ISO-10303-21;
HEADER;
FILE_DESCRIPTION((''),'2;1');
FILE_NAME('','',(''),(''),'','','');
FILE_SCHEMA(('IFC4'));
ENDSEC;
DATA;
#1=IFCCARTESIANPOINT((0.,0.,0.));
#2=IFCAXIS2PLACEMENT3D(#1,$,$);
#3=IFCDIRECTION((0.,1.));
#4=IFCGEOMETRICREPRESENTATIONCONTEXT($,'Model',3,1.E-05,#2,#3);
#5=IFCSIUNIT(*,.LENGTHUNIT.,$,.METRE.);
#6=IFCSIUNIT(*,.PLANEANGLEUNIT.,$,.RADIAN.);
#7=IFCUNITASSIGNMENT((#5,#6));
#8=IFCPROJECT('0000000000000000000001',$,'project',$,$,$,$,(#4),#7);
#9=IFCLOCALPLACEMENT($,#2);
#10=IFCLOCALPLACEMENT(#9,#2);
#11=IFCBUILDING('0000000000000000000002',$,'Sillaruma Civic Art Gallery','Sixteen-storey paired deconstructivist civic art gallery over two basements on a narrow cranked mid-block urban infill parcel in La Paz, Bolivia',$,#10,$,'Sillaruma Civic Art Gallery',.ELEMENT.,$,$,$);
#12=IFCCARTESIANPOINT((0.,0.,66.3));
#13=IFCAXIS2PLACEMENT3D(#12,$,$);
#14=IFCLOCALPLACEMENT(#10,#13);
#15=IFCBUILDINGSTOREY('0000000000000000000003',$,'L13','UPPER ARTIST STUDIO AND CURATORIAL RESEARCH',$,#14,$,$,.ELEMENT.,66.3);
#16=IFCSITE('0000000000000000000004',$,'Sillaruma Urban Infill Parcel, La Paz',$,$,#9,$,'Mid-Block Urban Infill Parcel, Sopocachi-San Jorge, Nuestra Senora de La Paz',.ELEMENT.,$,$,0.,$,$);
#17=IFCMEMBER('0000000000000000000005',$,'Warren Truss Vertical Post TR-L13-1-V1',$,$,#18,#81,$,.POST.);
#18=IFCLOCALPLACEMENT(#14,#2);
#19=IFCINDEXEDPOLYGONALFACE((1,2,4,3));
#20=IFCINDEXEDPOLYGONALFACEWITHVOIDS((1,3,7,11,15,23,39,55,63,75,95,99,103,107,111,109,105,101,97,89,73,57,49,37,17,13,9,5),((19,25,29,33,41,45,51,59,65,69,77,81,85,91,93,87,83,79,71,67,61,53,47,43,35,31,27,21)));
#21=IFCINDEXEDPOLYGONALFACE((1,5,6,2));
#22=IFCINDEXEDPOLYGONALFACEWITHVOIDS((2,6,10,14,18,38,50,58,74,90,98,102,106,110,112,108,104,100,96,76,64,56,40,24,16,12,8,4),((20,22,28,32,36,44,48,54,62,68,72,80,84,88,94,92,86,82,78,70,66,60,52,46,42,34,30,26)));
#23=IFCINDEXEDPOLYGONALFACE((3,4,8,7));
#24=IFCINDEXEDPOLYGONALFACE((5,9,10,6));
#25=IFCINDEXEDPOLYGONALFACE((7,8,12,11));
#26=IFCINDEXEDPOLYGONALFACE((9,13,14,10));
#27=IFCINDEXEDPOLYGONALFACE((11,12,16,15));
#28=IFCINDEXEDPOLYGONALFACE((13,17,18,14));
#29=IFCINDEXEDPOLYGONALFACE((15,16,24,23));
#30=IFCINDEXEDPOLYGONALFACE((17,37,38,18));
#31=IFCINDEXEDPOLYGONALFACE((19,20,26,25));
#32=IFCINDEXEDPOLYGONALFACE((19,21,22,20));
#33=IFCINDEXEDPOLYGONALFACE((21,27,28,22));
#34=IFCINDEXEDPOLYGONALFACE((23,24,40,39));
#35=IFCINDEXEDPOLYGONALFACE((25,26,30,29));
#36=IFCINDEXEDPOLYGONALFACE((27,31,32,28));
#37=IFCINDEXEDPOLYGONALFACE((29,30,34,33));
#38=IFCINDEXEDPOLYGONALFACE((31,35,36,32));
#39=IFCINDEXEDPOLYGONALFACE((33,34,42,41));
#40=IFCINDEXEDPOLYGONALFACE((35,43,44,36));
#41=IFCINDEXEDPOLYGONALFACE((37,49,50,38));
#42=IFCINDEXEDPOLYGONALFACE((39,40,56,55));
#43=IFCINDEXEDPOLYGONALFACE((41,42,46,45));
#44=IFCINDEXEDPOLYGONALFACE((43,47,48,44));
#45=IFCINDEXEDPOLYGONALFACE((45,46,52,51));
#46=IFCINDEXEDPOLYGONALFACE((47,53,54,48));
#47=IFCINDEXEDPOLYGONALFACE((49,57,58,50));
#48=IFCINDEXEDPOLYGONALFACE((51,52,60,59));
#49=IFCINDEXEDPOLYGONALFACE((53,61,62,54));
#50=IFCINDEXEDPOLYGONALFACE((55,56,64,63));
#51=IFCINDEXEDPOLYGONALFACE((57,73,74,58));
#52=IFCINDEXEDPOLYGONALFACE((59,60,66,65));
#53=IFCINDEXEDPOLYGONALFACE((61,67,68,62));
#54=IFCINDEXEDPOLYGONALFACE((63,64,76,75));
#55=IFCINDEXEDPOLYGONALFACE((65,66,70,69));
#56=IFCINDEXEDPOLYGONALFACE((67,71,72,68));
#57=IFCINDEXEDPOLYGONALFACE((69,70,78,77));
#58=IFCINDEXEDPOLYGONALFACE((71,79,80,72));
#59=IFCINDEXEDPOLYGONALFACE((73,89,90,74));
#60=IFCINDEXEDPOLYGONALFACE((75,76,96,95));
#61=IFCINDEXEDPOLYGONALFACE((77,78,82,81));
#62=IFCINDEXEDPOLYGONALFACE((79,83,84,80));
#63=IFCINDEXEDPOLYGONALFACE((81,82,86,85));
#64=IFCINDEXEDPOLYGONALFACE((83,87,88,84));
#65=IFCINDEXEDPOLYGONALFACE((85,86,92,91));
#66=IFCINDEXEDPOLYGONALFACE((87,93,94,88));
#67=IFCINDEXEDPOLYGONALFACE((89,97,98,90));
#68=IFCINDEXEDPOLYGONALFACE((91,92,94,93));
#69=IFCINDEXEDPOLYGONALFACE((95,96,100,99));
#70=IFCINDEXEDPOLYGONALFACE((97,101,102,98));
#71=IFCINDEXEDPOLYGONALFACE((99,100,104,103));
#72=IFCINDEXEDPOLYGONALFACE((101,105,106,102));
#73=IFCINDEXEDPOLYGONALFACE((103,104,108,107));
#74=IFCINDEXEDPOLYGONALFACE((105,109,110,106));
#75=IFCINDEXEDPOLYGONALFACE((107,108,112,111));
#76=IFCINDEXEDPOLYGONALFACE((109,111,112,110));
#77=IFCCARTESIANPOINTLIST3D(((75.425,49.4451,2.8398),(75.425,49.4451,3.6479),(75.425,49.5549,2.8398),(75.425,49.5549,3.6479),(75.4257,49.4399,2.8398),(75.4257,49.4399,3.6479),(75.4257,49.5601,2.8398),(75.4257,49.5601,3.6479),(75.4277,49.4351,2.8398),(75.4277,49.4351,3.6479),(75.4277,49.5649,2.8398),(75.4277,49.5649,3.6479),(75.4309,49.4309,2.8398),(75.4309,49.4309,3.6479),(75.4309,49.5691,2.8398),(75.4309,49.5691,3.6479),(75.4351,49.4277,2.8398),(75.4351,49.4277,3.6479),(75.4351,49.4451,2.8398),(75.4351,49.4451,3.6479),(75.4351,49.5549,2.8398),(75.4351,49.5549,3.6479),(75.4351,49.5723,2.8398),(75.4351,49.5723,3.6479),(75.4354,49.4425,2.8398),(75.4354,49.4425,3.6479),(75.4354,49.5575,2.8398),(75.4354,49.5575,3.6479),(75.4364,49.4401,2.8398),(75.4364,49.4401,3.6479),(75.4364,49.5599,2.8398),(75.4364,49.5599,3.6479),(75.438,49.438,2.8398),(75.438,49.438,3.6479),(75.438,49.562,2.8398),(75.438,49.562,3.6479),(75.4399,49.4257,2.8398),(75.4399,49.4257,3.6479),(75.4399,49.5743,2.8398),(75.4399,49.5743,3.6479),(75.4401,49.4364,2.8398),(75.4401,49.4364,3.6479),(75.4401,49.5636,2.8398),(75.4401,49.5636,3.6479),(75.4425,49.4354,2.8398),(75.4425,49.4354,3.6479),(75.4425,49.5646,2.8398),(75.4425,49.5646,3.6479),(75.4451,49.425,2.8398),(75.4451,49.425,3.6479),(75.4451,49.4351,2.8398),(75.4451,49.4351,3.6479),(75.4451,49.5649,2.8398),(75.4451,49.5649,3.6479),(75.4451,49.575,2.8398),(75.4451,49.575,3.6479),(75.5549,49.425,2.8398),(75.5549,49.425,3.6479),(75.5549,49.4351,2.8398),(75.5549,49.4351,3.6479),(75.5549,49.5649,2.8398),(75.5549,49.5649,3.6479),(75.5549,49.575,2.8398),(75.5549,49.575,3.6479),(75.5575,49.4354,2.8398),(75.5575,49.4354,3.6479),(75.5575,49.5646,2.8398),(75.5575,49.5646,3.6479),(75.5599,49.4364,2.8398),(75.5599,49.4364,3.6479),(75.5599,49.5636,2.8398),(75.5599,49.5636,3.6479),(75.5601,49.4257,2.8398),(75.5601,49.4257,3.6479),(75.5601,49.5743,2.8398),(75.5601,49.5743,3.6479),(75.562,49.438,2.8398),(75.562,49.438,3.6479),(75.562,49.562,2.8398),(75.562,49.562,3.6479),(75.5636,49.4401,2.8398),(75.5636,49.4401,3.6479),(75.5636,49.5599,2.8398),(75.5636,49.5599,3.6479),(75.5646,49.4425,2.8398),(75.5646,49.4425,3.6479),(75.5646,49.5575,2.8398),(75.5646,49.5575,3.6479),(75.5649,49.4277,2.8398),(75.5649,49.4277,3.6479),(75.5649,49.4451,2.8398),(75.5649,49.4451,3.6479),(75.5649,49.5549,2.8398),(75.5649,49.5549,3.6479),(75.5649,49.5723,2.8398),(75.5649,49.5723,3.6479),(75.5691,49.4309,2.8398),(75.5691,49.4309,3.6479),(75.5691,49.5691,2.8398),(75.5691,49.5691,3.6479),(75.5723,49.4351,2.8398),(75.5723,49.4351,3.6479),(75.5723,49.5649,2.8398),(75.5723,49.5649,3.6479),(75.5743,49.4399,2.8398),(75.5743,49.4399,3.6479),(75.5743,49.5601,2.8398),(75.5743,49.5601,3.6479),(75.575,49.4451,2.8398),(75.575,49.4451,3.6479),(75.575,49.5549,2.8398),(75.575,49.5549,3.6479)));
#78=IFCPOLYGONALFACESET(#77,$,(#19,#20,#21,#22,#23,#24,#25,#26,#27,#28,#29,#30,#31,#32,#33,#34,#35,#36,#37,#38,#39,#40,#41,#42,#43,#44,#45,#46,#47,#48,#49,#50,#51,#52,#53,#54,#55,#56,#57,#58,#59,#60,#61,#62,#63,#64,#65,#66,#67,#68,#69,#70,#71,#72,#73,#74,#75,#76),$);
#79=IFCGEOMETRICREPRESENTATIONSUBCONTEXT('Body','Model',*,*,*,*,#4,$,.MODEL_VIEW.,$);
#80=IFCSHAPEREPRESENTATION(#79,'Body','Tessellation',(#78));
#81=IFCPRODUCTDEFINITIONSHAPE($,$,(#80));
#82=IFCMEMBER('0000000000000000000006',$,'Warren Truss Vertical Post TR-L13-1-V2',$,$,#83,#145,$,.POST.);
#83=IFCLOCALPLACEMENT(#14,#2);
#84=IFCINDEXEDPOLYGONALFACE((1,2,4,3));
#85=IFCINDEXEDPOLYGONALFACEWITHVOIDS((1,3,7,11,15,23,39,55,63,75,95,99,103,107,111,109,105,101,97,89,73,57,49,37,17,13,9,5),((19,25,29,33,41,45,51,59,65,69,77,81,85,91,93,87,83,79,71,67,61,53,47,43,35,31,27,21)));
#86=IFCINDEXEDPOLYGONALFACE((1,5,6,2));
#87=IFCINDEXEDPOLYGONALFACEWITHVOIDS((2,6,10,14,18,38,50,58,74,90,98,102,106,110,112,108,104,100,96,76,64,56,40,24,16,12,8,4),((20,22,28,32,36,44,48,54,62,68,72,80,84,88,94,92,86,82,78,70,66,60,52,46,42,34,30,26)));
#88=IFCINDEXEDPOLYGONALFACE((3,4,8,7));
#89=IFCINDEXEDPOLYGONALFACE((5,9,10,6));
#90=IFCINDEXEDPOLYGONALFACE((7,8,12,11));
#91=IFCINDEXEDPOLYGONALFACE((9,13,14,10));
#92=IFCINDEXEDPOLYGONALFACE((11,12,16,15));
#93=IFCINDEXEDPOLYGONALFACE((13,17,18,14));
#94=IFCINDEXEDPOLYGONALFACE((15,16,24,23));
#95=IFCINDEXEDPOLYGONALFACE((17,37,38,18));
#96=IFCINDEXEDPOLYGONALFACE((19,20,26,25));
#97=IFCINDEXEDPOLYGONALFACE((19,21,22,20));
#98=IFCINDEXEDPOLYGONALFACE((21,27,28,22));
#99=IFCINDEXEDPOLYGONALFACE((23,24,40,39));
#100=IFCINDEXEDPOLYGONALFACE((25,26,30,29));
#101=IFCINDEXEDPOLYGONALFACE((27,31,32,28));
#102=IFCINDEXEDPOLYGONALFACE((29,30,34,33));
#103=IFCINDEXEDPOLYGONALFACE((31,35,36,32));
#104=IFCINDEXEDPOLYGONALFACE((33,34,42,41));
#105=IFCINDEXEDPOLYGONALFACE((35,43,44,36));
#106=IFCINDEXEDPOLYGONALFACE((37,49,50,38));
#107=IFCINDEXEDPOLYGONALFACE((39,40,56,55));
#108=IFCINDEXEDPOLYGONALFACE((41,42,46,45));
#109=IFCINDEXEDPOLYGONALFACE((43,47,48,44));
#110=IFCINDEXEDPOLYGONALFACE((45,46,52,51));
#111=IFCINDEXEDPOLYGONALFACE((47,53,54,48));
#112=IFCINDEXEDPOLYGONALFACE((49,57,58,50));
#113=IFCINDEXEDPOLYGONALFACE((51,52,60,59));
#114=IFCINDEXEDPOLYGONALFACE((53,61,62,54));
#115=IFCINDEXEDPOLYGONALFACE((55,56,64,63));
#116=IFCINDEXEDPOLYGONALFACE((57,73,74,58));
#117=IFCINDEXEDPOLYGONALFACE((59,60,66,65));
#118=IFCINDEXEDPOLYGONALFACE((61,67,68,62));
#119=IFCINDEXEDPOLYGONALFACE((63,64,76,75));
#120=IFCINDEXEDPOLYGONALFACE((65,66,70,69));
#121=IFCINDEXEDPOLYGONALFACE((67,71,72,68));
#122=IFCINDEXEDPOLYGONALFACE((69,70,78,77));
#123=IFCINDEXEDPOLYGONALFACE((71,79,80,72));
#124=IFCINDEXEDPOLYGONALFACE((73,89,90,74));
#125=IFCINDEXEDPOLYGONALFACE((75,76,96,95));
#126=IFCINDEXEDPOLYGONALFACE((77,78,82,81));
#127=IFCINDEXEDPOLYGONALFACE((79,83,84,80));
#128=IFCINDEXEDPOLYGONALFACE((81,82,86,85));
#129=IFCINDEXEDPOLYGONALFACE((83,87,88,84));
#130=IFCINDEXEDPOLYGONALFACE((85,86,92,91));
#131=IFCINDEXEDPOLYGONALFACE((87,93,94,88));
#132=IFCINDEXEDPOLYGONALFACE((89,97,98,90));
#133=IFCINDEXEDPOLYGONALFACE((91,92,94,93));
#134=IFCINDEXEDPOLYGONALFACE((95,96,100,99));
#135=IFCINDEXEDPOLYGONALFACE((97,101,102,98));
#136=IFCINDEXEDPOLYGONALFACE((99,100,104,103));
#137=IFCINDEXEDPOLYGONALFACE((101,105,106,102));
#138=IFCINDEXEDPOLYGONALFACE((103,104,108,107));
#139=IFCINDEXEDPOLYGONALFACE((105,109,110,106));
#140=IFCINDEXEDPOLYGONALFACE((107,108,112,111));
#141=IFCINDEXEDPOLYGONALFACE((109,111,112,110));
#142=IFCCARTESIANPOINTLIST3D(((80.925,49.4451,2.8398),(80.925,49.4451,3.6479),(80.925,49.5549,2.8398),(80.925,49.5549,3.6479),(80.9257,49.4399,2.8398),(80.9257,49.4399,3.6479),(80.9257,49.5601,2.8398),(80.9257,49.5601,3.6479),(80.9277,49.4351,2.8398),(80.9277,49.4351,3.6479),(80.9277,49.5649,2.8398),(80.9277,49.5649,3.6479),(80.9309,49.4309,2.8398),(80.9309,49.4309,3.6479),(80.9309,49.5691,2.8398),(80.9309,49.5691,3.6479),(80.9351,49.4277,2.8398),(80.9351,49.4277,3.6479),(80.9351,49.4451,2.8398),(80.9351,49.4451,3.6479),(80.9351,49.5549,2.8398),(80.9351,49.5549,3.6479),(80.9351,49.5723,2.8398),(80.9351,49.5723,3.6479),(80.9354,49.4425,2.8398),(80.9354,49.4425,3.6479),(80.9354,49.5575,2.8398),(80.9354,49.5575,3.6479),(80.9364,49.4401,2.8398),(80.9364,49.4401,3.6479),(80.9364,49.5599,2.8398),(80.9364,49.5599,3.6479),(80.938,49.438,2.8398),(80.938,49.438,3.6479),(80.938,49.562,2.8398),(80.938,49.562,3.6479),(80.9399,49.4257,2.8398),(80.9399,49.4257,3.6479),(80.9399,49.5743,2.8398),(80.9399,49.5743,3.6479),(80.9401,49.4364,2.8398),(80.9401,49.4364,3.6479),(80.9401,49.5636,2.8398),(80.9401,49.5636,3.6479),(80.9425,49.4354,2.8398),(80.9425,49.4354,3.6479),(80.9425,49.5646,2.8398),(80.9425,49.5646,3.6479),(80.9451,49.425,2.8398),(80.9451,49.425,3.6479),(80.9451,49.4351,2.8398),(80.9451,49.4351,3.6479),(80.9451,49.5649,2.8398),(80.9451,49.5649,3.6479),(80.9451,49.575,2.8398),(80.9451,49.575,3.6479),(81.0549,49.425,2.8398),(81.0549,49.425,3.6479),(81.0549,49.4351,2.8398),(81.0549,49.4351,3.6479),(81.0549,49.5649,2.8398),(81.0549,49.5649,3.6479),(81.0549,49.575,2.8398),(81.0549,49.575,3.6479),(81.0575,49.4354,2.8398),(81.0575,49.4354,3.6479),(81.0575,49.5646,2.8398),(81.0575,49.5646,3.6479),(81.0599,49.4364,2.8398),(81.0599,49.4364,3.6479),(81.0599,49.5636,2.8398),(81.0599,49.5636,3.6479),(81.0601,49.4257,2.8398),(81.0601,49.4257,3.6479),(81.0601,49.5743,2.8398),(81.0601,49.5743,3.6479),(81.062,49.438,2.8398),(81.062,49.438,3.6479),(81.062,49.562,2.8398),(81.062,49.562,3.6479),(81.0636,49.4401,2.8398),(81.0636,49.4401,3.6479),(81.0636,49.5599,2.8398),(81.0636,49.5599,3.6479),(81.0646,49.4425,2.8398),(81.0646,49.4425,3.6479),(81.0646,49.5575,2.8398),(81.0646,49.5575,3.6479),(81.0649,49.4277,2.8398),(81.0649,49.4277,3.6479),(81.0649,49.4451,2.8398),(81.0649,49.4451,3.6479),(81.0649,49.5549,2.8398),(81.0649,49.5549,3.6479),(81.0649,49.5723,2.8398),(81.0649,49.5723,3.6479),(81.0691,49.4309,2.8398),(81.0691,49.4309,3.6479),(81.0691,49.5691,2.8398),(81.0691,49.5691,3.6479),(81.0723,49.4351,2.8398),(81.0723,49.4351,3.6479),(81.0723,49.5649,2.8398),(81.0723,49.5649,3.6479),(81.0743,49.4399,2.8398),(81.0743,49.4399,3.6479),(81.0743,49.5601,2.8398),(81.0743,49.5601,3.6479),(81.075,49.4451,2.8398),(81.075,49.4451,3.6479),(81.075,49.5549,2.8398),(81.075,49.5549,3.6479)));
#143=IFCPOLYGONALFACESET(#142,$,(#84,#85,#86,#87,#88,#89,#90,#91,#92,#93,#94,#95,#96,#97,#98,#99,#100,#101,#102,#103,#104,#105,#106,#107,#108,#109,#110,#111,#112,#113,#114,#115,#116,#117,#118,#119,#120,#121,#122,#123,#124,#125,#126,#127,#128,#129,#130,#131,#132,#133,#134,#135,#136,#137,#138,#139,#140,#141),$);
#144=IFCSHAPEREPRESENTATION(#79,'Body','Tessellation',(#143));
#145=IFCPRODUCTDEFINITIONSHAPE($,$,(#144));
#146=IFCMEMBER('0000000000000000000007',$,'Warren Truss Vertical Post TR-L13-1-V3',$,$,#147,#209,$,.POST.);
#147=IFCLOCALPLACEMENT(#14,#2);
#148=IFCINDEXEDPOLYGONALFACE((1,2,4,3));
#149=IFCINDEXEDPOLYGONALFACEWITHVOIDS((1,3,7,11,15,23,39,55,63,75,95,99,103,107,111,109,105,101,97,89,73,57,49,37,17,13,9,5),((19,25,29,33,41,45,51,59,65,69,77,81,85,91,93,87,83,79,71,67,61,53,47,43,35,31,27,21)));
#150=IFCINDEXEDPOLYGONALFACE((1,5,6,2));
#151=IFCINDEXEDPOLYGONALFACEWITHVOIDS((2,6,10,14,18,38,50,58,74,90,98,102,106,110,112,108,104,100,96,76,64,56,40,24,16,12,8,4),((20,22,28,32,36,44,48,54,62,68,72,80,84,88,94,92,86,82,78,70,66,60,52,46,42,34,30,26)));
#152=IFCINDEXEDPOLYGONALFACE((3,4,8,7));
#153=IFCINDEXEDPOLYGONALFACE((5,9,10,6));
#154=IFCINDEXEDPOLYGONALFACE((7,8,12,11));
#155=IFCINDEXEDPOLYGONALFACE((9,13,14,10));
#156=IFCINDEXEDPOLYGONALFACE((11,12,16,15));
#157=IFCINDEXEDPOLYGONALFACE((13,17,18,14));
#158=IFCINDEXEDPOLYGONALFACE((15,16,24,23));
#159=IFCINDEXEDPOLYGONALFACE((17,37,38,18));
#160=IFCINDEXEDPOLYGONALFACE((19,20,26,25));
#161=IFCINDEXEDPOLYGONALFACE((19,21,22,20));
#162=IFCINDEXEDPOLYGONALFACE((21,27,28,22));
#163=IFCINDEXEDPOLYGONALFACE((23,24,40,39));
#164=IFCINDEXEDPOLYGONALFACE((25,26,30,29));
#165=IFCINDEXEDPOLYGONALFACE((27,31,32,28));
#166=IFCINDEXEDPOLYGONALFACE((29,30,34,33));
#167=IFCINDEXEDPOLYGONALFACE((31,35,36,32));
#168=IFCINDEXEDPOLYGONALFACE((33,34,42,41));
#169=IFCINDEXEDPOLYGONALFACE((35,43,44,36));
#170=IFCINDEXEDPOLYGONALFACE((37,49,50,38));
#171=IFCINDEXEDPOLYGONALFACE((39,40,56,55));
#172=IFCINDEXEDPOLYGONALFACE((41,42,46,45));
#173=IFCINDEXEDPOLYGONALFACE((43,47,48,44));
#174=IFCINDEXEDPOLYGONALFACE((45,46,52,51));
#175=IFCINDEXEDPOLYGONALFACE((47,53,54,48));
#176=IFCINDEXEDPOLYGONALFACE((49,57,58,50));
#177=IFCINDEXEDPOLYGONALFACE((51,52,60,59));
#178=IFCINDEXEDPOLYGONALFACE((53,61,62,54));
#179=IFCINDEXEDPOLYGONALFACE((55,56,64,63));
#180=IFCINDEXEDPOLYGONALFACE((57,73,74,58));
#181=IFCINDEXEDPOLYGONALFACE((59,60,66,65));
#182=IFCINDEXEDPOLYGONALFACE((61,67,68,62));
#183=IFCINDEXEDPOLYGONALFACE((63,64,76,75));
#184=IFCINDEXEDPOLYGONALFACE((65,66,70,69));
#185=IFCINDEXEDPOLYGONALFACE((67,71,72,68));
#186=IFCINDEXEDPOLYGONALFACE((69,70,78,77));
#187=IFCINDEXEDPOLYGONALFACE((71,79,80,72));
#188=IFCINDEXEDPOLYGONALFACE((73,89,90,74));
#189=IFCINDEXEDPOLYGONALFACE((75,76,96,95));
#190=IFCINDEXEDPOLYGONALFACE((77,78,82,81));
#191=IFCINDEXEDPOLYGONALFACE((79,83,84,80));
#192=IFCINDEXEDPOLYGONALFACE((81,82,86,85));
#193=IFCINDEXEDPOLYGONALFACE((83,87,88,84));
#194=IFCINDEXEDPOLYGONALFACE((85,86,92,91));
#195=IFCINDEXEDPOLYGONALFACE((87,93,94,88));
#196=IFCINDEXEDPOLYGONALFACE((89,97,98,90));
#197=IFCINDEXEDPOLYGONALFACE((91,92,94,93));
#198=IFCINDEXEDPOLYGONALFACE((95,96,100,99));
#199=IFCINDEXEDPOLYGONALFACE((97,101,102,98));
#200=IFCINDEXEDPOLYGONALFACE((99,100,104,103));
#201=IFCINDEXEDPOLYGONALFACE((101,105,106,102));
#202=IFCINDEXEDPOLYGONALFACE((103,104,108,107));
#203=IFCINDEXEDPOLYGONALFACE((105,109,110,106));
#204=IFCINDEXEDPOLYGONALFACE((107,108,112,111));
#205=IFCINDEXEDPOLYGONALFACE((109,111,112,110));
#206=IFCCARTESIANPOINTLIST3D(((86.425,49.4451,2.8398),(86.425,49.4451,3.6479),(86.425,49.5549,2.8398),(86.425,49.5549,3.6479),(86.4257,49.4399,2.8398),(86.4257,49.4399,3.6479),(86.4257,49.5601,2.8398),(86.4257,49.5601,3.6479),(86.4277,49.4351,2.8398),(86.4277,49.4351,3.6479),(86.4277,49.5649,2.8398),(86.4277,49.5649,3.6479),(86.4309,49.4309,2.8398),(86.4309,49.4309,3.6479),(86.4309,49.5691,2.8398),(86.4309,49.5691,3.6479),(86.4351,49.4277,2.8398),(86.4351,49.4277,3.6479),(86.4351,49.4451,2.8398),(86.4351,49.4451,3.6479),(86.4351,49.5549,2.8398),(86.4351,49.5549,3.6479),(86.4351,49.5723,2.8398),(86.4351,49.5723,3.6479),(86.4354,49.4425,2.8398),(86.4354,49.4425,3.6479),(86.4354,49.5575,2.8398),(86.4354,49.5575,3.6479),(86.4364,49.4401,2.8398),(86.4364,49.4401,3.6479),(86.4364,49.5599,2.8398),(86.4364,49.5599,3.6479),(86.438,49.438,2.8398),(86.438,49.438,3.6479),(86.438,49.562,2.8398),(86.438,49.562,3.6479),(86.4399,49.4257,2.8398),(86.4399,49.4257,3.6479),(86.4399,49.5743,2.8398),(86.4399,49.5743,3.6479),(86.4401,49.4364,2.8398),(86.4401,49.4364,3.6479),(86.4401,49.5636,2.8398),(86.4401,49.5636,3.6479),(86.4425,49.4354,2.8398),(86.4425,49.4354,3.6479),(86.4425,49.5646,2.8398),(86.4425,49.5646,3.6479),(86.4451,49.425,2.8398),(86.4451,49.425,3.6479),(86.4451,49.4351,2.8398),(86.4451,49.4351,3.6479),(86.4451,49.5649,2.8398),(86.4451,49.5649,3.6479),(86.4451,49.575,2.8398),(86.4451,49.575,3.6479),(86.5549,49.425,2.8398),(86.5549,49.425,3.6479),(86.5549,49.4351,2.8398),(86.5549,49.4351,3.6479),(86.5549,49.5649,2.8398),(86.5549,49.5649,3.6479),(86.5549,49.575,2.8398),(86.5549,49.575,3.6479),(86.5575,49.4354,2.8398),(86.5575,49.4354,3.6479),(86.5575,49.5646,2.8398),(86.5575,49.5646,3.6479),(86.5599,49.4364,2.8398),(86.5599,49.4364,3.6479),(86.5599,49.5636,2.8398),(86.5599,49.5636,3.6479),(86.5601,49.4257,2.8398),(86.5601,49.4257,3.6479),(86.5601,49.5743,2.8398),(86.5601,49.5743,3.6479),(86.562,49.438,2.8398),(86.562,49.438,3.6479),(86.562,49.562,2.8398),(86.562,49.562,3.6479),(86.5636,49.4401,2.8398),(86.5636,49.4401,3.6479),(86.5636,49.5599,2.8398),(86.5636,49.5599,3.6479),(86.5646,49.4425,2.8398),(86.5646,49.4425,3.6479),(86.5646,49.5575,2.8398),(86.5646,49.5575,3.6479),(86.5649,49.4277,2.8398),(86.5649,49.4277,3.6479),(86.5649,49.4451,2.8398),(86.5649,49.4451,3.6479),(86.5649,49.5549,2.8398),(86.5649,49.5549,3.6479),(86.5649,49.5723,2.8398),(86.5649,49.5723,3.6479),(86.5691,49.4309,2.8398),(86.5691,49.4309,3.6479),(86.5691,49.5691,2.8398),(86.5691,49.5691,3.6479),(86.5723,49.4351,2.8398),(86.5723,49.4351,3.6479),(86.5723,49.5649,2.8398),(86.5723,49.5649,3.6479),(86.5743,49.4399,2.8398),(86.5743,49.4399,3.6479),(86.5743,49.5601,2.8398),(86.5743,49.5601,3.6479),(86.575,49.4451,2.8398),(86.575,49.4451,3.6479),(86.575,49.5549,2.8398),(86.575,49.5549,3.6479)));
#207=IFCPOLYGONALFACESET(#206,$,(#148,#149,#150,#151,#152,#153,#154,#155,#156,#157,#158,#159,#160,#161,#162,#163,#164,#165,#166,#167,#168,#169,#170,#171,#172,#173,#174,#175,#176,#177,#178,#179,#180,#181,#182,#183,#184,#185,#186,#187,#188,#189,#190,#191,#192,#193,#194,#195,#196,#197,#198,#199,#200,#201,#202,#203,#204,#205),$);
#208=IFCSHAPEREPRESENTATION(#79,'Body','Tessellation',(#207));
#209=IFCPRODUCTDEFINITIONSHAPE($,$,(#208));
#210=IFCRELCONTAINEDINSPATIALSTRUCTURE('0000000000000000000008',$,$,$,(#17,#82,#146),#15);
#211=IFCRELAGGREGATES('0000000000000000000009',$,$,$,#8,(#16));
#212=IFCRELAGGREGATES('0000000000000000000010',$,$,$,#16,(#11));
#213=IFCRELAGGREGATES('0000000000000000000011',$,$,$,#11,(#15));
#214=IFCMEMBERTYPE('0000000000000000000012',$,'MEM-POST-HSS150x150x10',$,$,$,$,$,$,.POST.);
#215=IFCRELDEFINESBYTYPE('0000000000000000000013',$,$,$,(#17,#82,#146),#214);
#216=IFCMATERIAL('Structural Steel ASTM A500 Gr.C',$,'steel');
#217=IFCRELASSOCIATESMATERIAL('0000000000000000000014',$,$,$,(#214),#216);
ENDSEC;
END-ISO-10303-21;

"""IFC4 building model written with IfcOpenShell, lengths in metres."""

from ifc_helpers import new_model, si_unit, direction, frame, origin, origin_2d, place, context, subcontext, project, spatial, hollow_rectangle, extrude, material, material_profile, profile_set, type_object, element, save


model = new_model("IFC4")

# Units and contexts
model_context = context("Model", 3, precision=1e-05, world=origin(), true_north=direction((0.0, 1.0)))
body_context = subcontext(model_context, "Body", "Model", "MODEL_VIEW")
ifc_project = project(units=[si_unit("LENGTHUNIT", "METRE"), si_unit("PLANEANGLEUNIT", "RADIAN")], contexts=[model_context])

# Site, building, storey
site_placement = place(None, origin())
site = spatial("IfcSite", under=ifc_project, at=site_placement, Name="Sillaruma Urban Infill Parcel, La Paz", LongName="Mid-Block Urban Infill Parcel, Sopocachi-San Jorge, Nuestra Senora de La Paz", CompositionType="ELEMENT", RefElevation=0.0)
building_placement = place(site_placement, origin())
building = spatial("IfcBuilding", under=site, at=building_placement, Name="Sillaruma Civic Art Gallery", Description="Sixteen-storey paired deconstructivist civic art gallery over two basements on a narrow cranked mid-block urban infill parcel in La Paz, Bolivia", LongName="Sillaruma Civic Art Gallery", CompositionType="ELEMENT")
storey_placement = place(building_placement, frame((0.0, 0.0, 66.3)))
storey = spatial("IfcBuildingStorey", under=building, at=storey_placement, Name="L13", Description="UPPER ARTIST STUDIO AND CURATORIAL RESEARCH", CompositionType="ELEMENT", Elevation=66.3)

# Members
ifc_material_1 = material(Name="Structural Steel ASTM A500 Gr.C", Category="steel")
ifc_material_profile_1 = material_profile(ifc_material_1, hollow_rectangle(XDim=0.1499, YDim=0.1499, WallThickness=0.01, InnerFilletRadius=0.01, OuterFilletRadius=0.02, at=origin_2d()), Name="HSS150x150x10")
ifc_profile_set_1 = profile_set([ifc_material_profile_1], Name="Structural Steel ASTM A500 Gr.C")
member_type_1 = type_object("IfcMemberType", Name="MEM-POST-HSS150x150x10", PredefinedType="POST", material=ifc_profile_set_1)
for number, where, z_axis, x_axis, name in (
    (1, (75.5, 49.5, 2.8398), (0.0, 0.0, 1.0), (1.0, 0.0, 0.0), "Warren Truss Vertical Post TR-L13-1-V1"),
    (2, (81.0, 49.5, 2.8398), (0.0, 0.0, 1.0), (1.0, 0.0, 0.0), "Warren Truss Vertical Post TR-L13-1-V2"),
    (3, (86.5, 49.5, 2.8398), (0.0, 0.0, 1.0), (1.0, 0.0, 0.0), "Warren Truss Vertical Post TR-L13-1-V3"),
):
    element("IfcMember", number, at=place(storey_placement, frame(where, z_axis=z_axis, x_axis=x_axis)), inside=storey, type_object=member_type_1, Name=name, PredefinedType="POST", context=body_context, shape_type="SweptSolid", body=[
        extrude(hollow_rectangle(XDim=0.1499, YDim=0.1499, WallThickness=0.01, InnerFilletRadius=0.01, OuterFilletRadius=0.02, at=origin_2d()), origin(), (0.0, 0.0, 1.0), 0.8081),
    ])

save(model, "model.ifc")
